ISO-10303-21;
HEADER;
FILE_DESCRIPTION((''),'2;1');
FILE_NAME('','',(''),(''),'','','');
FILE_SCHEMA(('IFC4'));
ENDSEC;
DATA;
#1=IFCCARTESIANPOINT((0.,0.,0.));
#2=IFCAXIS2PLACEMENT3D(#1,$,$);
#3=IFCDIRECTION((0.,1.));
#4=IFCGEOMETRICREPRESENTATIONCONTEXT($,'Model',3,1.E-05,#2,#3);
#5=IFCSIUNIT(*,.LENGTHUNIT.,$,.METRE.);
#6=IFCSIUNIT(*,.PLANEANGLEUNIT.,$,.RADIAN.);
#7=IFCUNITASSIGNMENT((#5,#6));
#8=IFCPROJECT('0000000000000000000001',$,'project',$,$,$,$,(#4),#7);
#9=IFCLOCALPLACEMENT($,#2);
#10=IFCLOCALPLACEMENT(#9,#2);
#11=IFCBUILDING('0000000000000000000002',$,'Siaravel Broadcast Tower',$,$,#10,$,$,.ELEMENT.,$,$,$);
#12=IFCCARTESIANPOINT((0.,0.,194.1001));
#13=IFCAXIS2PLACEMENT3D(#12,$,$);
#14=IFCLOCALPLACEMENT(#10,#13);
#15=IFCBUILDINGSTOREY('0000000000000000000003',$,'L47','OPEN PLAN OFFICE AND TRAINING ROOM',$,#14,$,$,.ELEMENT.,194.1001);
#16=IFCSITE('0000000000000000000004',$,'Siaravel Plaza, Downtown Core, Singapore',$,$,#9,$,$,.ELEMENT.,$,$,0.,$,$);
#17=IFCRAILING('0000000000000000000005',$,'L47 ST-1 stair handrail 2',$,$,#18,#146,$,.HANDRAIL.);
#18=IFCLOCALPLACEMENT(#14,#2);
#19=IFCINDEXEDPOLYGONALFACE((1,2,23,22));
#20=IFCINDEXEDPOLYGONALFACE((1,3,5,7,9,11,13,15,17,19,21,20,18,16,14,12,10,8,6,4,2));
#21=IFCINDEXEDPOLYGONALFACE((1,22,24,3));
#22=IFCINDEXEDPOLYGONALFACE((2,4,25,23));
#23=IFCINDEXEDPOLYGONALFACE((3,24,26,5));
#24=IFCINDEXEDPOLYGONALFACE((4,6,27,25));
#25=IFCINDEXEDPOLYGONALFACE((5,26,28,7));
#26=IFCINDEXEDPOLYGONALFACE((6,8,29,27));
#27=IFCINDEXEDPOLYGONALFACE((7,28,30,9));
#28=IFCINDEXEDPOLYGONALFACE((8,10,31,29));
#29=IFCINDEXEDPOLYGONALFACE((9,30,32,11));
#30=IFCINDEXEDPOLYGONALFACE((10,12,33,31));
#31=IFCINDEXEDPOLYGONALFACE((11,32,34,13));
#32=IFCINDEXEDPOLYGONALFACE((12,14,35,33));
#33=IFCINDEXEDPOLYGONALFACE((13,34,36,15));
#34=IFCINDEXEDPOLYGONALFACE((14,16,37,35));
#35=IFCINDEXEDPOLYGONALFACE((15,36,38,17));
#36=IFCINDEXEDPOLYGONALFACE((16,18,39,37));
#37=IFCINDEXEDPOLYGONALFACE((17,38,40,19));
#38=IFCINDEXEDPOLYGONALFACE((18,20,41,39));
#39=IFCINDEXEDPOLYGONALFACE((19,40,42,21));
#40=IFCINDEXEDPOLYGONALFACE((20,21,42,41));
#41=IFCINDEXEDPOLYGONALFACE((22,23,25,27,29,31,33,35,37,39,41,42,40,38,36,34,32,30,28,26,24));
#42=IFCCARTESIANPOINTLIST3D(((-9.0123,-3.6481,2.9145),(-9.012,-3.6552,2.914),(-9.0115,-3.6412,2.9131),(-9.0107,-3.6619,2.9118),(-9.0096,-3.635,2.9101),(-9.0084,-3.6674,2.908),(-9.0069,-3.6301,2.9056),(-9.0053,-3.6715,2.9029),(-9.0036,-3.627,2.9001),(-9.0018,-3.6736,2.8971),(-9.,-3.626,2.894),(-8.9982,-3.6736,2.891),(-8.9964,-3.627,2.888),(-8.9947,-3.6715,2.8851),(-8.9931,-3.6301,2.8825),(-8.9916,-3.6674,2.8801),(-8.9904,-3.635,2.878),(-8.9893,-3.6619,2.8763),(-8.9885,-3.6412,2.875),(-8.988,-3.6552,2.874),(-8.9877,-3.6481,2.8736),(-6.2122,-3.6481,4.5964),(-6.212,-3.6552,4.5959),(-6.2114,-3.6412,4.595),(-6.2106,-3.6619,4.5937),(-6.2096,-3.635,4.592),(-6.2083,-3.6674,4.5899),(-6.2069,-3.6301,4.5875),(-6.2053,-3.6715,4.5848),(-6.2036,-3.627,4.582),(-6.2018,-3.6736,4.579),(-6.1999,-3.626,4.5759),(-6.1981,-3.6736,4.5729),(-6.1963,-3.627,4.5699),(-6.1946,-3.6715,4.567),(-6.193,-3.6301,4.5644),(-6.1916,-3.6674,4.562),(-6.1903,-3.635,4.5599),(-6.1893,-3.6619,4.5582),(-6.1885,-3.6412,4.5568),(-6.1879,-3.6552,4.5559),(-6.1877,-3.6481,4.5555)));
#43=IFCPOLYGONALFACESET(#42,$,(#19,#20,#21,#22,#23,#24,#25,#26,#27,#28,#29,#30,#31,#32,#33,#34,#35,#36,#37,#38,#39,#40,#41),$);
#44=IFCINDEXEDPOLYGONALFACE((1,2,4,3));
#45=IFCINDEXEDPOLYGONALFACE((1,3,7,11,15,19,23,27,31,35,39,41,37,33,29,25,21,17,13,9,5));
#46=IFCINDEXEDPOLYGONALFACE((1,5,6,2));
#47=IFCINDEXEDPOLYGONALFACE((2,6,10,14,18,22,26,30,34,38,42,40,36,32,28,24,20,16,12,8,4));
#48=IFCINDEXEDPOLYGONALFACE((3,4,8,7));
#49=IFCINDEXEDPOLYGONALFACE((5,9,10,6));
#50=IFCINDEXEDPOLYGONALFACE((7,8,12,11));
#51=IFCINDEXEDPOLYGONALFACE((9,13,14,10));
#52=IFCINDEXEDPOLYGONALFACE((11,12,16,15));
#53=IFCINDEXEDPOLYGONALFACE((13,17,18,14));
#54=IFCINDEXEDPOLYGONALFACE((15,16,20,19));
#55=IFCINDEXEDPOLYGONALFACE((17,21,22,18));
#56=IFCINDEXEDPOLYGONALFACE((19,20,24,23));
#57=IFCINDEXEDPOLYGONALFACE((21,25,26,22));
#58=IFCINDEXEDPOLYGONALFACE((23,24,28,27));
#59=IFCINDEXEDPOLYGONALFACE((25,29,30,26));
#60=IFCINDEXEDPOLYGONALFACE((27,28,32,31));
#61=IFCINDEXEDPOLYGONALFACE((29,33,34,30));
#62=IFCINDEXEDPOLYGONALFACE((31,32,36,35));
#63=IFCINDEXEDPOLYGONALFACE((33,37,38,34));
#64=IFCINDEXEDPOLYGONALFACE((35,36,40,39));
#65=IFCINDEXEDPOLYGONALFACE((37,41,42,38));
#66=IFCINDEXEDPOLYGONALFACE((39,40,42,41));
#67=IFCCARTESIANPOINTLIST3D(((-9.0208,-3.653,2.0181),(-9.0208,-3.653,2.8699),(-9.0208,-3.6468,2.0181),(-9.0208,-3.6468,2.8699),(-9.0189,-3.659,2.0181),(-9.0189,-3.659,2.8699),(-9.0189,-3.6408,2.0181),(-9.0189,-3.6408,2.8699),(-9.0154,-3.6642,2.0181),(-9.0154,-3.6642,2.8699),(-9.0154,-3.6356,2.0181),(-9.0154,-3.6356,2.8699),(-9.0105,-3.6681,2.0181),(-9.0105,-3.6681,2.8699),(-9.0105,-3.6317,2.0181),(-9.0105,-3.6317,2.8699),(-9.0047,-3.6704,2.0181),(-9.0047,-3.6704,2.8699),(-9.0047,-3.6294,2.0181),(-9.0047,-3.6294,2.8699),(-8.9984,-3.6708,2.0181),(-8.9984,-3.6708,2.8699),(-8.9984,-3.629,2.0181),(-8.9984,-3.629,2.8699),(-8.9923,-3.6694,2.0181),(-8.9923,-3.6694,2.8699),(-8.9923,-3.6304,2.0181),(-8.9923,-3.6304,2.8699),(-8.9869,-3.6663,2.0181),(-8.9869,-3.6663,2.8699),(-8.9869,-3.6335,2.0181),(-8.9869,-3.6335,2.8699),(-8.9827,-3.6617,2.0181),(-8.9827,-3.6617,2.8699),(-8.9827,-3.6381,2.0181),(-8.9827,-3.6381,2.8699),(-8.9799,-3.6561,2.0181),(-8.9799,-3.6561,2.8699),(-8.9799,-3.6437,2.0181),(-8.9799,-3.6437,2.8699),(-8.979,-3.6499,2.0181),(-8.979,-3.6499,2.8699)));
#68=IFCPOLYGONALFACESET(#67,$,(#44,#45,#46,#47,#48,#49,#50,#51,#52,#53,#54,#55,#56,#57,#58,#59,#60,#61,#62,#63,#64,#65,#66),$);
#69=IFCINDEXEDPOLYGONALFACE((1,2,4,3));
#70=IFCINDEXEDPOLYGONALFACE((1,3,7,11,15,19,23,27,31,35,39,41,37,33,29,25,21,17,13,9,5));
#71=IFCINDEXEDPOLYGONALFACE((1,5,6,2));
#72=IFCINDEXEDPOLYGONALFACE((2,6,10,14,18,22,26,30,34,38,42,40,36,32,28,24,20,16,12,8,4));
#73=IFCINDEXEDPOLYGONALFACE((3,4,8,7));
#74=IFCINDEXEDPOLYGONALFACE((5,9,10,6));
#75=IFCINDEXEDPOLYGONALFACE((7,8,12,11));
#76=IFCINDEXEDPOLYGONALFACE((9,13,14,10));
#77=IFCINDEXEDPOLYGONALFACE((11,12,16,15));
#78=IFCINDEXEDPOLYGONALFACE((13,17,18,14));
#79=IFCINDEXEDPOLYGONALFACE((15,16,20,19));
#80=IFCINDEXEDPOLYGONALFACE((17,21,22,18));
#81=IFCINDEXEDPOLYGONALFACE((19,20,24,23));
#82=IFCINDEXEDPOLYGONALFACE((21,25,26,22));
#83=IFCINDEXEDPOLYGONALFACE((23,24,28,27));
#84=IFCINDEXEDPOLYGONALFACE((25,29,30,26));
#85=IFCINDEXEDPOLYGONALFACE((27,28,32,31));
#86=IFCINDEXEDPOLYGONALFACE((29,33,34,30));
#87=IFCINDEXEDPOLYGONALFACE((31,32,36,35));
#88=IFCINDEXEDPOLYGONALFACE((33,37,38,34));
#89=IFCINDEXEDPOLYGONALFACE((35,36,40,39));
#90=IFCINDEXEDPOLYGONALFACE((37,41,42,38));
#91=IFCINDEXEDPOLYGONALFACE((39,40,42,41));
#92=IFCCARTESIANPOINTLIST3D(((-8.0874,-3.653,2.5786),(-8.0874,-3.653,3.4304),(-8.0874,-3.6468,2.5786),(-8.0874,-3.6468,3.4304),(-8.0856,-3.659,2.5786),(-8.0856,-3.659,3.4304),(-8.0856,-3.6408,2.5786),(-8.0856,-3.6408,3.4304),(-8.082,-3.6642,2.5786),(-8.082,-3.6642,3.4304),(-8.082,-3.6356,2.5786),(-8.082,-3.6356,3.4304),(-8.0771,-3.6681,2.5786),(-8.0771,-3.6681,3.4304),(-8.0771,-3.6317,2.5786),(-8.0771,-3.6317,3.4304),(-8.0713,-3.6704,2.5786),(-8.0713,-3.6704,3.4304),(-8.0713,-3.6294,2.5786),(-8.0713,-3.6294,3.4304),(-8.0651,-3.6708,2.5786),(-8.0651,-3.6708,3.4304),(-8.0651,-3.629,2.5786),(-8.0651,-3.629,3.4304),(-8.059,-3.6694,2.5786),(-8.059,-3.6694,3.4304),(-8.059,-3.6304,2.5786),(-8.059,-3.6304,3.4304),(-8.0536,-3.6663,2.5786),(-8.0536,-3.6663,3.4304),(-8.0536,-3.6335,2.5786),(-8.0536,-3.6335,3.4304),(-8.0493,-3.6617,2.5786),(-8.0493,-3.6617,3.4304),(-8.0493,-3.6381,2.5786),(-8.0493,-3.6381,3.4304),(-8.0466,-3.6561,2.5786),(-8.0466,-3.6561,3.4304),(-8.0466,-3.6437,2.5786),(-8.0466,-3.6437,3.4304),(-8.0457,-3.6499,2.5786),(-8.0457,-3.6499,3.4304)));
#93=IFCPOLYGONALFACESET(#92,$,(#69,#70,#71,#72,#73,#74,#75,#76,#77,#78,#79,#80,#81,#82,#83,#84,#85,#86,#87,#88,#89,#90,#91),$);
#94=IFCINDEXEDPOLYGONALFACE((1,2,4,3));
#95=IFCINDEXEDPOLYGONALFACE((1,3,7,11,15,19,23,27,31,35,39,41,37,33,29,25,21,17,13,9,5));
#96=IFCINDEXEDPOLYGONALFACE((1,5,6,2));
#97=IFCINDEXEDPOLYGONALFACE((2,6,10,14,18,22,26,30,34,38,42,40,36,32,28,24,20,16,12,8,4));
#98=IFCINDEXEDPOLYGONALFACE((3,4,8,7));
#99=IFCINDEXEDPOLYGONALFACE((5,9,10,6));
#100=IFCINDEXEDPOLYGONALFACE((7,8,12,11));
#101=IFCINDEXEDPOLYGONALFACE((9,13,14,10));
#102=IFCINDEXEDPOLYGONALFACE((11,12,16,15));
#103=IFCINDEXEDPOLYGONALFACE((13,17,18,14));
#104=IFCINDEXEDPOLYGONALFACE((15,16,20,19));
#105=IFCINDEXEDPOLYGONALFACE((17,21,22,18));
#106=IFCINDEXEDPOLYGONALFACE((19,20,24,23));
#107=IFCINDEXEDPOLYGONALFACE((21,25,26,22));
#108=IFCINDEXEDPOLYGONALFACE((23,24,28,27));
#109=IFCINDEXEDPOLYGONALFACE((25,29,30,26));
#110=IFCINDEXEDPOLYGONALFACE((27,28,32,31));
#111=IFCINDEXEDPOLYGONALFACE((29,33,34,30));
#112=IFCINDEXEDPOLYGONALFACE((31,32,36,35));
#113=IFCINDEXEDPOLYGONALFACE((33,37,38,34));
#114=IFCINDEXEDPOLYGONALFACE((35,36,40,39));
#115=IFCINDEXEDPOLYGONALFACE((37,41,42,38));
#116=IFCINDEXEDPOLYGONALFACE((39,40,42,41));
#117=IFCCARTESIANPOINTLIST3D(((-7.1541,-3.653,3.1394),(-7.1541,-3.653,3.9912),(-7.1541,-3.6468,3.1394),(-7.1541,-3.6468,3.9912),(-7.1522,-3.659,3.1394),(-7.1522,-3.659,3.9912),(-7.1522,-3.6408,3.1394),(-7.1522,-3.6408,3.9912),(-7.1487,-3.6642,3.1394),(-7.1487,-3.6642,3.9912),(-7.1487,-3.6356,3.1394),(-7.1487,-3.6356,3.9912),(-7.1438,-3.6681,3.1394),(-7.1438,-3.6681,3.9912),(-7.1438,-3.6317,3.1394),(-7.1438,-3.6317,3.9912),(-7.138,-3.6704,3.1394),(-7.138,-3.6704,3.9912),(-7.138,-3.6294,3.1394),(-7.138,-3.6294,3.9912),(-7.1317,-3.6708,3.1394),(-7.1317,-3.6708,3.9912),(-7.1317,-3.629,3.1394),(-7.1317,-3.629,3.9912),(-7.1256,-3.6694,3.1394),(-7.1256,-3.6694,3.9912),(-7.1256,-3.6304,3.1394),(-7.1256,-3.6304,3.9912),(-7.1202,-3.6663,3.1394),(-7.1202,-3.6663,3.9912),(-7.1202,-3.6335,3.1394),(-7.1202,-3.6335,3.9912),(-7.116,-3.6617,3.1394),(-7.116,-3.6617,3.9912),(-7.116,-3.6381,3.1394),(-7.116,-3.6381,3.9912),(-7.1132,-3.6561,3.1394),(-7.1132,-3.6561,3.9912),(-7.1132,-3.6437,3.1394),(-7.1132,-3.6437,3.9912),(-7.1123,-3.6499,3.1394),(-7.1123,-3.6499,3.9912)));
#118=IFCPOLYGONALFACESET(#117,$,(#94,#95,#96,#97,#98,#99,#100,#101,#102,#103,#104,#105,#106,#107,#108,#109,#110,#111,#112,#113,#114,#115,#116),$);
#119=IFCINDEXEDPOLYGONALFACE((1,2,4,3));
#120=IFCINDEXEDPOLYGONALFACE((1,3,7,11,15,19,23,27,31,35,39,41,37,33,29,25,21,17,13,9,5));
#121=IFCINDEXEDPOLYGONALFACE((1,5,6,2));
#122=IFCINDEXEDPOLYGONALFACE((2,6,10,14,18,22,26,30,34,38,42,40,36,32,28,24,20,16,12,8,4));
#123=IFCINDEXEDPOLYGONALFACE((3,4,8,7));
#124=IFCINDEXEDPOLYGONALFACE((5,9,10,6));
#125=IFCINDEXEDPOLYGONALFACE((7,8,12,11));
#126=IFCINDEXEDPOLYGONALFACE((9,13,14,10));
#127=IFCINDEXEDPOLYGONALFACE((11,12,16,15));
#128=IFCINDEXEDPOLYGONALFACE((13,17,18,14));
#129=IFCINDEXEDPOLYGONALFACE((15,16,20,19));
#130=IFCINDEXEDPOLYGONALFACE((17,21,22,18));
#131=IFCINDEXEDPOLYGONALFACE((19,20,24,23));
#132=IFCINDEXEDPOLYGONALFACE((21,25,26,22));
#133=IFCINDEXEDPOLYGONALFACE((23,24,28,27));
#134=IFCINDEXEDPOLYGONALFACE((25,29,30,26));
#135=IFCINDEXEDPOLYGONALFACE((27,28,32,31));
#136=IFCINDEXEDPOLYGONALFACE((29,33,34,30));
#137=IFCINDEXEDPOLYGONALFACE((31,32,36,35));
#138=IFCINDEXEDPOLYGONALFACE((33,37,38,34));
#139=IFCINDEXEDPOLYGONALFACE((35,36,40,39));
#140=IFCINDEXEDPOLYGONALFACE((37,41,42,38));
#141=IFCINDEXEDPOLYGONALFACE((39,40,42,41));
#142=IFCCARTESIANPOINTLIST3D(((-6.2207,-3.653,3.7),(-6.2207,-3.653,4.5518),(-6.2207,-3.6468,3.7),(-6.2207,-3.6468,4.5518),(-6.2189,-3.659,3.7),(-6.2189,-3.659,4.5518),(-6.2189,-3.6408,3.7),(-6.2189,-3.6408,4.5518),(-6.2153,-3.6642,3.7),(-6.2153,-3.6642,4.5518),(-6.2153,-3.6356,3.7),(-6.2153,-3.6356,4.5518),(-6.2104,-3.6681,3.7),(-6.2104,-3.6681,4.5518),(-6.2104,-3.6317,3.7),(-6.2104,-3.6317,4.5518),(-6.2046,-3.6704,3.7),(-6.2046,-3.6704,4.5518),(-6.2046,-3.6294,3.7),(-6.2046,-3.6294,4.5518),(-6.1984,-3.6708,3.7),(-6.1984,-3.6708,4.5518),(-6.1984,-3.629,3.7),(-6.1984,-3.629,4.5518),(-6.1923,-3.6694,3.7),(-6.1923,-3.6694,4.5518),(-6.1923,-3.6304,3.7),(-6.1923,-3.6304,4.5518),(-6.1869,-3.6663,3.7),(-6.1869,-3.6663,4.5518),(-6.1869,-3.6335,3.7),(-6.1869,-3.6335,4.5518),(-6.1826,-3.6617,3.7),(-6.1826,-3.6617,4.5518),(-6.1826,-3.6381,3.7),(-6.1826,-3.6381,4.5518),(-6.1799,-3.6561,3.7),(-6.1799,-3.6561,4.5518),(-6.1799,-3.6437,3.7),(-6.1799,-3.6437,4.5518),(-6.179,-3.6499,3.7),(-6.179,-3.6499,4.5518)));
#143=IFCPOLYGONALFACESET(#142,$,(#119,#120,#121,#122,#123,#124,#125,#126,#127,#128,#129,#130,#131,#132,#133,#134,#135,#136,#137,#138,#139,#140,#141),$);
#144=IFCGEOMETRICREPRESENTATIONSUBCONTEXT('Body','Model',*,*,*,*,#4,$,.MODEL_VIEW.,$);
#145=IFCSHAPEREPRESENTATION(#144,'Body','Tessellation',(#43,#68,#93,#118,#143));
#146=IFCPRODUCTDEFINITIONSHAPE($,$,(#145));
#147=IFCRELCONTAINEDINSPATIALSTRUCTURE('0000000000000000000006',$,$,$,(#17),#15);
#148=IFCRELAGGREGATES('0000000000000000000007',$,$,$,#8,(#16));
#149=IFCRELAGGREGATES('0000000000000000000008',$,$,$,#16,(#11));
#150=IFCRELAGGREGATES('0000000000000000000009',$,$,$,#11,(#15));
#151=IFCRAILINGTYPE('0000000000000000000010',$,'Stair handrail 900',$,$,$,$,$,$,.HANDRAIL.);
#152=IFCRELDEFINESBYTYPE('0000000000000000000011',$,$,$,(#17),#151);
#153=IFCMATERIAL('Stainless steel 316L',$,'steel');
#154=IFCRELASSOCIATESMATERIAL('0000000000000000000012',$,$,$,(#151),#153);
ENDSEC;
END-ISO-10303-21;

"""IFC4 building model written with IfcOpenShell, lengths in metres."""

from ifc_helpers import new_model, si_unit, direction, frame, origin, origin_2d, place, context, subcontext, project, spatial, circle, extrude, material, type_object, element, save


model = new_model("IFC4")

# Units and contexts
model_context = context("Model", 3, precision=1e-05, world=origin(), true_north=direction((0.0, 1.0)))
body_context = subcontext(model_context, "Body", "Model", "MODEL_VIEW")
ifc_project = project(units=[si_unit("LENGTHUNIT", "METRE"), si_unit("PLANEANGLEUNIT", "RADIAN")], contexts=[model_context])

# Site, building, storey
site_placement = place(None, origin())
site = spatial("IfcSite", under=ifc_project, at=site_placement, Name="Siaravel Plaza, Downtown Core, Singapore", CompositionType="ELEMENT", RefElevation=0.0)
building_placement = place(site_placement, origin())
building = spatial("IfcBuilding", under=site, at=building_placement, Name="Siaravel Broadcast Tower", CompositionType="ELEMENT")
storey_placement = place(building_placement, frame((0.0, 0.0, 194.1001)))
storey = spatial("IfcBuildingStorey", under=building, at=storey_placement, Name="L47", Description="OPEN PLAN OFFICE AND TRAINING ROOM", CompositionType="ELEMENT", Elevation=194.1001)

# Shared definitions
ifc_material_1 = material(Name="Stainless steel 316L", Category="steel")

# Railing
railing_type_1 = type_object("IfcRailingType", Name="Stair handrail 900", PredefinedType="HANDRAIL", material=ifc_material_1)
railing_1_placement = place(storey_placement, frame((-9.0, -3.6499, 2.0181)))
element("IfcRailing", 1, at=railing_1_placement, inside=storey, type_object=railing_type_1, Name="L47 ST-1 stair handrail 2", PredefinedType="HANDRAIL", context=body_context, shape_type="SweptSolid", body=[
    extrude(circle(Radius=0.0239, at=origin_2d()), frame((0.0, 0.0, 0.876), z_axis=(0.857242, 0.0, 0.514913), x_axis=(0.0, 1.0, 0.0)), (0.0, 0.0, 1.0), 3.2664),
    extrude(circle(Radius=0.021, at=origin_2d()), origin(), (0.0, 0.0, 1.0), 0.8518),
    extrude(circle(Radius=0.021, at=origin_2d()), frame((0.9333, 0.0, 0.5605)), (0.0, 0.0, 1.0), 0.8518),
    extrude(circle(Radius=0.021, at=origin_2d()), frame((1.8667, 0.0, 1.1213)), (0.0, 0.0, 1.0), 0.8518),
    extrude(circle(Radius=0.021, at=origin_2d()), frame((2.8, 0.0, 1.6819)), (0.0, 0.0, 1.0), 0.8518),
])

save(model, "model.ifc")
